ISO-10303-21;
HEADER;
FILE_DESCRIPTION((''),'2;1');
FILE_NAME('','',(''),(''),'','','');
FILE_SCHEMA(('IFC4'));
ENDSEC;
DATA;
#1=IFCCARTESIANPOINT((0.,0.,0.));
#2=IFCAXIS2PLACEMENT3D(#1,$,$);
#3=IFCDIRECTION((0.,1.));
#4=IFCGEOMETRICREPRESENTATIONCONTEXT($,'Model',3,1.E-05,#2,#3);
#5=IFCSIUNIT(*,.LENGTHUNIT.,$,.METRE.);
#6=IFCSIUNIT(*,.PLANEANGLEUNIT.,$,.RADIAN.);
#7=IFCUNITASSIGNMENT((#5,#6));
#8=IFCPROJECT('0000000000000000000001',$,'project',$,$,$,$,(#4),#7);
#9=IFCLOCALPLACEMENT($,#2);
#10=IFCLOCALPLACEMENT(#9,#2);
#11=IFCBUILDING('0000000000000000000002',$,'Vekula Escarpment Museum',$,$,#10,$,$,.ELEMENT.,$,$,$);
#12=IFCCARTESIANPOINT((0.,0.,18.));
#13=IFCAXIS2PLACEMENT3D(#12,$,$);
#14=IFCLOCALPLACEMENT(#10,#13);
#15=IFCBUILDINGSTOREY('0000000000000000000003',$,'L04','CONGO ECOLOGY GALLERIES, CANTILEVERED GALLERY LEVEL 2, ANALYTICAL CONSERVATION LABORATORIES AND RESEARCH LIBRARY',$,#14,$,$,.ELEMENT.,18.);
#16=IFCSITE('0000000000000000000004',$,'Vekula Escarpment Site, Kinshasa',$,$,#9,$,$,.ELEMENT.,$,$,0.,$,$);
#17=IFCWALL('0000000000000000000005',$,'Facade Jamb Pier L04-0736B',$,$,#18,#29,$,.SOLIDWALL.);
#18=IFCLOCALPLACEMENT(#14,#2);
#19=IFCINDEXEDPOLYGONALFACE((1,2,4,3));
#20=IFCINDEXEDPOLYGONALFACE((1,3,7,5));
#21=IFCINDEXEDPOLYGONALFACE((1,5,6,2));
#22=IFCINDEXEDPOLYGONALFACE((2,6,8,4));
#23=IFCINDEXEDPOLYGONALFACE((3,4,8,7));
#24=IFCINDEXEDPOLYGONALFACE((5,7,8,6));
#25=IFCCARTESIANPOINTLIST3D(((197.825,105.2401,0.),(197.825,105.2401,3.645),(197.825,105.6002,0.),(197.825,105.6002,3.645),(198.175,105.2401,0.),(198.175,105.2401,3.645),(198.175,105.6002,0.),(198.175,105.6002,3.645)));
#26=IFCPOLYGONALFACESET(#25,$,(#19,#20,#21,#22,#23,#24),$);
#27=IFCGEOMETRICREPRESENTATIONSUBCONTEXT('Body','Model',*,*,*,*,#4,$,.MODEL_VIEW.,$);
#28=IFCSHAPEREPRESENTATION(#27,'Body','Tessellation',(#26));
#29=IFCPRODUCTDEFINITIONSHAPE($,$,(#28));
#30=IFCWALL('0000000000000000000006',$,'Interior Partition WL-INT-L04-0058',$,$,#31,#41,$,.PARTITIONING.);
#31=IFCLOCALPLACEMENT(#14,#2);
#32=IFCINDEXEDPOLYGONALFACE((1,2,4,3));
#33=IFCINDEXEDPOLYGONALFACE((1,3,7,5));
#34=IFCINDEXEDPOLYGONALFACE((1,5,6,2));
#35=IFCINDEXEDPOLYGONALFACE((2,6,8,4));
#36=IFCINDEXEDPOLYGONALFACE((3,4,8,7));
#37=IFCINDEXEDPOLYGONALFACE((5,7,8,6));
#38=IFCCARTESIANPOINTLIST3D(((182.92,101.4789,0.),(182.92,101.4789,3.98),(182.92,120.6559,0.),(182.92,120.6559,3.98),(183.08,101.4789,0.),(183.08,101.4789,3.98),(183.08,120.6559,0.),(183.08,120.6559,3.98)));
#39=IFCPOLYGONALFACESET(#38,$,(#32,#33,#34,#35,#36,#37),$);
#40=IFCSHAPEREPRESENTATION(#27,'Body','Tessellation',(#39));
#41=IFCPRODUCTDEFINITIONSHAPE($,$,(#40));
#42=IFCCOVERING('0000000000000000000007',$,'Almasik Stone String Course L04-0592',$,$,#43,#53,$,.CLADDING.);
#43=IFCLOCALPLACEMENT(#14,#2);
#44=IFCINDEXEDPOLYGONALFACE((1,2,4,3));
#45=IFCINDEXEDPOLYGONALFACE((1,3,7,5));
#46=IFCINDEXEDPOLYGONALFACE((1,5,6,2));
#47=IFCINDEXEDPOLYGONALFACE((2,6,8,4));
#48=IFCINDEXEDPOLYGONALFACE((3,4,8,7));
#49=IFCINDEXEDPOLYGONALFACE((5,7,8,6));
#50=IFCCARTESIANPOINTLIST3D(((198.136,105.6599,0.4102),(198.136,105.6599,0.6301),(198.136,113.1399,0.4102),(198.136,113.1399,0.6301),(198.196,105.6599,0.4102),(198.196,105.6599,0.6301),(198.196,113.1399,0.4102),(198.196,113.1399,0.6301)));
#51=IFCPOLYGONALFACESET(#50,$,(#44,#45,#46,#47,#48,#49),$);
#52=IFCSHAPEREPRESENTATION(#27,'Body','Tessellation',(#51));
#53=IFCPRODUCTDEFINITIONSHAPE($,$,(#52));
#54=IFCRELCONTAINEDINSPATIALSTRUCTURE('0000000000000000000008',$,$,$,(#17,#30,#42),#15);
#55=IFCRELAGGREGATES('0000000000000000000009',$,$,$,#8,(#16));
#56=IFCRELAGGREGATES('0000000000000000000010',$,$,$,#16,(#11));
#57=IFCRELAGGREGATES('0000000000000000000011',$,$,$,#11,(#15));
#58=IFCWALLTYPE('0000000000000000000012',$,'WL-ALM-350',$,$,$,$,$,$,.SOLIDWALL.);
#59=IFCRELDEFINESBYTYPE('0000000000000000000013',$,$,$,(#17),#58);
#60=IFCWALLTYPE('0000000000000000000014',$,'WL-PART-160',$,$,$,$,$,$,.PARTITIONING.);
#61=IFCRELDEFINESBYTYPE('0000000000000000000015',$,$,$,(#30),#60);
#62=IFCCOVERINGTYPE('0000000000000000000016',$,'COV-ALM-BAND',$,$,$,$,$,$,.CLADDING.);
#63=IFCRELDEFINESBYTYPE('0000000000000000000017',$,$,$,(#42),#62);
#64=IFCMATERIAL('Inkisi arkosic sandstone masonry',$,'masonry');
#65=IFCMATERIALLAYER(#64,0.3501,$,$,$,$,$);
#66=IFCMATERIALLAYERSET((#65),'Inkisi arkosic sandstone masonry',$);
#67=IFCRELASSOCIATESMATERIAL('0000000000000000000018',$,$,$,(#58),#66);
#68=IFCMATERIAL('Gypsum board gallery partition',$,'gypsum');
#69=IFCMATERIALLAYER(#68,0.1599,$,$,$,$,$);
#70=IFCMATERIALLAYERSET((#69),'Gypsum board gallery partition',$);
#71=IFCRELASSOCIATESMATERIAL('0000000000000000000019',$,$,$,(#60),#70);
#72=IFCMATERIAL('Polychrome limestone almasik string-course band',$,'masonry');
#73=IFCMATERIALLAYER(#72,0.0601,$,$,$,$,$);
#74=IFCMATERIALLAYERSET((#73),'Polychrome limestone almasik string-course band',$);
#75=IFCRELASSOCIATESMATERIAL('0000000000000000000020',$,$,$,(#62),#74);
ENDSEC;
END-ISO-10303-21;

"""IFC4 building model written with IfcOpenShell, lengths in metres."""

from ifc_helpers import new_model, si_unit, direction, frame, frame_2d, origin, origin_2d, place, context, subcontext, project, spatial, rectangle, extrude, material, layer, layer_set, type_object, element, save


model = new_model("IFC4")

# Units and contexts
model_context = context("Model", 3, precision=1e-05, world=origin(), true_north=direction((0.0, 1.0)))
body_context = subcontext(model_context, "Body", "Model", "MODEL_VIEW")
ifc_project = project(units=[si_unit("LENGTHUNIT", "METRE"), si_unit("PLANEANGLEUNIT", "RADIAN")], contexts=[model_context])

# Site, building, storey
site_placement = place(None, origin())
site = spatial("IfcSite", under=ifc_project, at=site_placement, Name="Vekula Escarpment Site, Kinshasa", CompositionType="ELEMENT", RefElevation=0.0)
building_placement = place(site_placement, origin())
building = spatial("IfcBuilding", under=site, at=building_placement, Name="Vekula Escarpment Museum", CompositionType="ELEMENT")
storey_placement = place(building_placement, frame((0.0, 0.0, 18.0)))
storey = spatial("IfcBuildingStorey", under=building, at=storey_placement, Name="L04", Description="CONGO ECOLOGY GALLERIES, CANTILEVERED GALLERY LEVEL 2, ANALYTICAL CONSERVATION LABORATORIES AND RESEARCH LIBRARY", CompositionType="ELEMENT", Elevation=18.0)

# Walls
ifc_material_1 = material(Name="Inkisi arkosic sandstone masonry", Category="masonry")
ifc_layer_1 = layer(ifc_material_1, 0.3501)
ifc_layer_set_1 = layer_set([ifc_layer_1], Name="Inkisi arkosic sandstone masonry")
wall_type_1 = type_object("IfcWallType", Name="WL-ALM-350", PredefinedType="SOLIDWALL", material=ifc_layer_set_1)
wall_1_placement = place(storey_placement, frame((198.0, 105.24, 0.0), z_axis=(0.0, 0.0, 1.0), x_axis=(0.0, 1.0, 0.0)))
element("IfcWall", 1, at=wall_1_placement, inside=storey, type_object=wall_type_1, Name="Facade Jamb Pier L04-0736B", PredefinedType="SOLIDWALL", context=body_context, shape_type="SweptSolid", body=[
    extrude(rectangle(XDim=0.3601, YDim=0.3501, at=frame_2d((0.1802, 0.0))), origin(), (0.0, 0.0, 1.0), 3.645),
])
ifc_material_2 = material(Name="Gypsum board gallery partition", Category="gypsum")
ifc_layer_2 = layer(ifc_material_2, 0.1599)
ifc_layer_set_2 = layer_set([ifc_layer_2], Name="Gypsum board gallery partition")
wall_type_2 = type_object("IfcWallType", Name="WL-PART-160", PredefinedType="PARTITIONING", material=ifc_layer_set_2)
wall_2_placement = place(storey_placement, frame((183.0, 101.479, 0.0), z_axis=(0.0, 0.0, 1.0), x_axis=(0.0, 1.0, 0.0)))
element("IfcWall", 2, at=wall_2_placement, inside=storey, type_object=wall_type_2, Name="Interior Partition WL-INT-L04-0058", PredefinedType="PARTITIONING", context=body_context, shape_type="SweptSolid", body=[
    extrude(rectangle(XDim=19.177, YDim=0.1599, at=frame_2d((9.5884, 0.0))), origin(), (0.0, 0.0, 1.0), 3.98),
])

# Covering
ifc_material_3 = material(Name="Polychrome limestone almasik string-course band", Category="masonry")
ifc_layer_3 = layer(ifc_material_3, 0.0601)
ifc_layer_set_3 = layer_set([ifc_layer_3], Name="Polychrome limestone almasik string-course band")
covering_type = type_object("IfcCoveringType", Name="COV-ALM-BAND", PredefinedType="CLADDING", material=ifc_layer_set_3)
covering_placement = place(storey_placement, frame((198.166, 109.3999, 0.4102), z_axis=(0.0, 0.0, 1.0), x_axis=(0.0, 1.0, 0.0)))
element("IfcCovering", 3, at=covering_placement, inside=storey, type_object=covering_type, Name="Almasik Stone String Course L04-0592", PredefinedType="CLADDING", context=body_context, shape_type="SweptSolid", body=[
    extrude(rectangle(XDim=7.48, YDim=0.0601, at=origin_2d()), origin(), (0.0, 0.0, 1.0), 0.22),
])

save(model, "model.ifc")
